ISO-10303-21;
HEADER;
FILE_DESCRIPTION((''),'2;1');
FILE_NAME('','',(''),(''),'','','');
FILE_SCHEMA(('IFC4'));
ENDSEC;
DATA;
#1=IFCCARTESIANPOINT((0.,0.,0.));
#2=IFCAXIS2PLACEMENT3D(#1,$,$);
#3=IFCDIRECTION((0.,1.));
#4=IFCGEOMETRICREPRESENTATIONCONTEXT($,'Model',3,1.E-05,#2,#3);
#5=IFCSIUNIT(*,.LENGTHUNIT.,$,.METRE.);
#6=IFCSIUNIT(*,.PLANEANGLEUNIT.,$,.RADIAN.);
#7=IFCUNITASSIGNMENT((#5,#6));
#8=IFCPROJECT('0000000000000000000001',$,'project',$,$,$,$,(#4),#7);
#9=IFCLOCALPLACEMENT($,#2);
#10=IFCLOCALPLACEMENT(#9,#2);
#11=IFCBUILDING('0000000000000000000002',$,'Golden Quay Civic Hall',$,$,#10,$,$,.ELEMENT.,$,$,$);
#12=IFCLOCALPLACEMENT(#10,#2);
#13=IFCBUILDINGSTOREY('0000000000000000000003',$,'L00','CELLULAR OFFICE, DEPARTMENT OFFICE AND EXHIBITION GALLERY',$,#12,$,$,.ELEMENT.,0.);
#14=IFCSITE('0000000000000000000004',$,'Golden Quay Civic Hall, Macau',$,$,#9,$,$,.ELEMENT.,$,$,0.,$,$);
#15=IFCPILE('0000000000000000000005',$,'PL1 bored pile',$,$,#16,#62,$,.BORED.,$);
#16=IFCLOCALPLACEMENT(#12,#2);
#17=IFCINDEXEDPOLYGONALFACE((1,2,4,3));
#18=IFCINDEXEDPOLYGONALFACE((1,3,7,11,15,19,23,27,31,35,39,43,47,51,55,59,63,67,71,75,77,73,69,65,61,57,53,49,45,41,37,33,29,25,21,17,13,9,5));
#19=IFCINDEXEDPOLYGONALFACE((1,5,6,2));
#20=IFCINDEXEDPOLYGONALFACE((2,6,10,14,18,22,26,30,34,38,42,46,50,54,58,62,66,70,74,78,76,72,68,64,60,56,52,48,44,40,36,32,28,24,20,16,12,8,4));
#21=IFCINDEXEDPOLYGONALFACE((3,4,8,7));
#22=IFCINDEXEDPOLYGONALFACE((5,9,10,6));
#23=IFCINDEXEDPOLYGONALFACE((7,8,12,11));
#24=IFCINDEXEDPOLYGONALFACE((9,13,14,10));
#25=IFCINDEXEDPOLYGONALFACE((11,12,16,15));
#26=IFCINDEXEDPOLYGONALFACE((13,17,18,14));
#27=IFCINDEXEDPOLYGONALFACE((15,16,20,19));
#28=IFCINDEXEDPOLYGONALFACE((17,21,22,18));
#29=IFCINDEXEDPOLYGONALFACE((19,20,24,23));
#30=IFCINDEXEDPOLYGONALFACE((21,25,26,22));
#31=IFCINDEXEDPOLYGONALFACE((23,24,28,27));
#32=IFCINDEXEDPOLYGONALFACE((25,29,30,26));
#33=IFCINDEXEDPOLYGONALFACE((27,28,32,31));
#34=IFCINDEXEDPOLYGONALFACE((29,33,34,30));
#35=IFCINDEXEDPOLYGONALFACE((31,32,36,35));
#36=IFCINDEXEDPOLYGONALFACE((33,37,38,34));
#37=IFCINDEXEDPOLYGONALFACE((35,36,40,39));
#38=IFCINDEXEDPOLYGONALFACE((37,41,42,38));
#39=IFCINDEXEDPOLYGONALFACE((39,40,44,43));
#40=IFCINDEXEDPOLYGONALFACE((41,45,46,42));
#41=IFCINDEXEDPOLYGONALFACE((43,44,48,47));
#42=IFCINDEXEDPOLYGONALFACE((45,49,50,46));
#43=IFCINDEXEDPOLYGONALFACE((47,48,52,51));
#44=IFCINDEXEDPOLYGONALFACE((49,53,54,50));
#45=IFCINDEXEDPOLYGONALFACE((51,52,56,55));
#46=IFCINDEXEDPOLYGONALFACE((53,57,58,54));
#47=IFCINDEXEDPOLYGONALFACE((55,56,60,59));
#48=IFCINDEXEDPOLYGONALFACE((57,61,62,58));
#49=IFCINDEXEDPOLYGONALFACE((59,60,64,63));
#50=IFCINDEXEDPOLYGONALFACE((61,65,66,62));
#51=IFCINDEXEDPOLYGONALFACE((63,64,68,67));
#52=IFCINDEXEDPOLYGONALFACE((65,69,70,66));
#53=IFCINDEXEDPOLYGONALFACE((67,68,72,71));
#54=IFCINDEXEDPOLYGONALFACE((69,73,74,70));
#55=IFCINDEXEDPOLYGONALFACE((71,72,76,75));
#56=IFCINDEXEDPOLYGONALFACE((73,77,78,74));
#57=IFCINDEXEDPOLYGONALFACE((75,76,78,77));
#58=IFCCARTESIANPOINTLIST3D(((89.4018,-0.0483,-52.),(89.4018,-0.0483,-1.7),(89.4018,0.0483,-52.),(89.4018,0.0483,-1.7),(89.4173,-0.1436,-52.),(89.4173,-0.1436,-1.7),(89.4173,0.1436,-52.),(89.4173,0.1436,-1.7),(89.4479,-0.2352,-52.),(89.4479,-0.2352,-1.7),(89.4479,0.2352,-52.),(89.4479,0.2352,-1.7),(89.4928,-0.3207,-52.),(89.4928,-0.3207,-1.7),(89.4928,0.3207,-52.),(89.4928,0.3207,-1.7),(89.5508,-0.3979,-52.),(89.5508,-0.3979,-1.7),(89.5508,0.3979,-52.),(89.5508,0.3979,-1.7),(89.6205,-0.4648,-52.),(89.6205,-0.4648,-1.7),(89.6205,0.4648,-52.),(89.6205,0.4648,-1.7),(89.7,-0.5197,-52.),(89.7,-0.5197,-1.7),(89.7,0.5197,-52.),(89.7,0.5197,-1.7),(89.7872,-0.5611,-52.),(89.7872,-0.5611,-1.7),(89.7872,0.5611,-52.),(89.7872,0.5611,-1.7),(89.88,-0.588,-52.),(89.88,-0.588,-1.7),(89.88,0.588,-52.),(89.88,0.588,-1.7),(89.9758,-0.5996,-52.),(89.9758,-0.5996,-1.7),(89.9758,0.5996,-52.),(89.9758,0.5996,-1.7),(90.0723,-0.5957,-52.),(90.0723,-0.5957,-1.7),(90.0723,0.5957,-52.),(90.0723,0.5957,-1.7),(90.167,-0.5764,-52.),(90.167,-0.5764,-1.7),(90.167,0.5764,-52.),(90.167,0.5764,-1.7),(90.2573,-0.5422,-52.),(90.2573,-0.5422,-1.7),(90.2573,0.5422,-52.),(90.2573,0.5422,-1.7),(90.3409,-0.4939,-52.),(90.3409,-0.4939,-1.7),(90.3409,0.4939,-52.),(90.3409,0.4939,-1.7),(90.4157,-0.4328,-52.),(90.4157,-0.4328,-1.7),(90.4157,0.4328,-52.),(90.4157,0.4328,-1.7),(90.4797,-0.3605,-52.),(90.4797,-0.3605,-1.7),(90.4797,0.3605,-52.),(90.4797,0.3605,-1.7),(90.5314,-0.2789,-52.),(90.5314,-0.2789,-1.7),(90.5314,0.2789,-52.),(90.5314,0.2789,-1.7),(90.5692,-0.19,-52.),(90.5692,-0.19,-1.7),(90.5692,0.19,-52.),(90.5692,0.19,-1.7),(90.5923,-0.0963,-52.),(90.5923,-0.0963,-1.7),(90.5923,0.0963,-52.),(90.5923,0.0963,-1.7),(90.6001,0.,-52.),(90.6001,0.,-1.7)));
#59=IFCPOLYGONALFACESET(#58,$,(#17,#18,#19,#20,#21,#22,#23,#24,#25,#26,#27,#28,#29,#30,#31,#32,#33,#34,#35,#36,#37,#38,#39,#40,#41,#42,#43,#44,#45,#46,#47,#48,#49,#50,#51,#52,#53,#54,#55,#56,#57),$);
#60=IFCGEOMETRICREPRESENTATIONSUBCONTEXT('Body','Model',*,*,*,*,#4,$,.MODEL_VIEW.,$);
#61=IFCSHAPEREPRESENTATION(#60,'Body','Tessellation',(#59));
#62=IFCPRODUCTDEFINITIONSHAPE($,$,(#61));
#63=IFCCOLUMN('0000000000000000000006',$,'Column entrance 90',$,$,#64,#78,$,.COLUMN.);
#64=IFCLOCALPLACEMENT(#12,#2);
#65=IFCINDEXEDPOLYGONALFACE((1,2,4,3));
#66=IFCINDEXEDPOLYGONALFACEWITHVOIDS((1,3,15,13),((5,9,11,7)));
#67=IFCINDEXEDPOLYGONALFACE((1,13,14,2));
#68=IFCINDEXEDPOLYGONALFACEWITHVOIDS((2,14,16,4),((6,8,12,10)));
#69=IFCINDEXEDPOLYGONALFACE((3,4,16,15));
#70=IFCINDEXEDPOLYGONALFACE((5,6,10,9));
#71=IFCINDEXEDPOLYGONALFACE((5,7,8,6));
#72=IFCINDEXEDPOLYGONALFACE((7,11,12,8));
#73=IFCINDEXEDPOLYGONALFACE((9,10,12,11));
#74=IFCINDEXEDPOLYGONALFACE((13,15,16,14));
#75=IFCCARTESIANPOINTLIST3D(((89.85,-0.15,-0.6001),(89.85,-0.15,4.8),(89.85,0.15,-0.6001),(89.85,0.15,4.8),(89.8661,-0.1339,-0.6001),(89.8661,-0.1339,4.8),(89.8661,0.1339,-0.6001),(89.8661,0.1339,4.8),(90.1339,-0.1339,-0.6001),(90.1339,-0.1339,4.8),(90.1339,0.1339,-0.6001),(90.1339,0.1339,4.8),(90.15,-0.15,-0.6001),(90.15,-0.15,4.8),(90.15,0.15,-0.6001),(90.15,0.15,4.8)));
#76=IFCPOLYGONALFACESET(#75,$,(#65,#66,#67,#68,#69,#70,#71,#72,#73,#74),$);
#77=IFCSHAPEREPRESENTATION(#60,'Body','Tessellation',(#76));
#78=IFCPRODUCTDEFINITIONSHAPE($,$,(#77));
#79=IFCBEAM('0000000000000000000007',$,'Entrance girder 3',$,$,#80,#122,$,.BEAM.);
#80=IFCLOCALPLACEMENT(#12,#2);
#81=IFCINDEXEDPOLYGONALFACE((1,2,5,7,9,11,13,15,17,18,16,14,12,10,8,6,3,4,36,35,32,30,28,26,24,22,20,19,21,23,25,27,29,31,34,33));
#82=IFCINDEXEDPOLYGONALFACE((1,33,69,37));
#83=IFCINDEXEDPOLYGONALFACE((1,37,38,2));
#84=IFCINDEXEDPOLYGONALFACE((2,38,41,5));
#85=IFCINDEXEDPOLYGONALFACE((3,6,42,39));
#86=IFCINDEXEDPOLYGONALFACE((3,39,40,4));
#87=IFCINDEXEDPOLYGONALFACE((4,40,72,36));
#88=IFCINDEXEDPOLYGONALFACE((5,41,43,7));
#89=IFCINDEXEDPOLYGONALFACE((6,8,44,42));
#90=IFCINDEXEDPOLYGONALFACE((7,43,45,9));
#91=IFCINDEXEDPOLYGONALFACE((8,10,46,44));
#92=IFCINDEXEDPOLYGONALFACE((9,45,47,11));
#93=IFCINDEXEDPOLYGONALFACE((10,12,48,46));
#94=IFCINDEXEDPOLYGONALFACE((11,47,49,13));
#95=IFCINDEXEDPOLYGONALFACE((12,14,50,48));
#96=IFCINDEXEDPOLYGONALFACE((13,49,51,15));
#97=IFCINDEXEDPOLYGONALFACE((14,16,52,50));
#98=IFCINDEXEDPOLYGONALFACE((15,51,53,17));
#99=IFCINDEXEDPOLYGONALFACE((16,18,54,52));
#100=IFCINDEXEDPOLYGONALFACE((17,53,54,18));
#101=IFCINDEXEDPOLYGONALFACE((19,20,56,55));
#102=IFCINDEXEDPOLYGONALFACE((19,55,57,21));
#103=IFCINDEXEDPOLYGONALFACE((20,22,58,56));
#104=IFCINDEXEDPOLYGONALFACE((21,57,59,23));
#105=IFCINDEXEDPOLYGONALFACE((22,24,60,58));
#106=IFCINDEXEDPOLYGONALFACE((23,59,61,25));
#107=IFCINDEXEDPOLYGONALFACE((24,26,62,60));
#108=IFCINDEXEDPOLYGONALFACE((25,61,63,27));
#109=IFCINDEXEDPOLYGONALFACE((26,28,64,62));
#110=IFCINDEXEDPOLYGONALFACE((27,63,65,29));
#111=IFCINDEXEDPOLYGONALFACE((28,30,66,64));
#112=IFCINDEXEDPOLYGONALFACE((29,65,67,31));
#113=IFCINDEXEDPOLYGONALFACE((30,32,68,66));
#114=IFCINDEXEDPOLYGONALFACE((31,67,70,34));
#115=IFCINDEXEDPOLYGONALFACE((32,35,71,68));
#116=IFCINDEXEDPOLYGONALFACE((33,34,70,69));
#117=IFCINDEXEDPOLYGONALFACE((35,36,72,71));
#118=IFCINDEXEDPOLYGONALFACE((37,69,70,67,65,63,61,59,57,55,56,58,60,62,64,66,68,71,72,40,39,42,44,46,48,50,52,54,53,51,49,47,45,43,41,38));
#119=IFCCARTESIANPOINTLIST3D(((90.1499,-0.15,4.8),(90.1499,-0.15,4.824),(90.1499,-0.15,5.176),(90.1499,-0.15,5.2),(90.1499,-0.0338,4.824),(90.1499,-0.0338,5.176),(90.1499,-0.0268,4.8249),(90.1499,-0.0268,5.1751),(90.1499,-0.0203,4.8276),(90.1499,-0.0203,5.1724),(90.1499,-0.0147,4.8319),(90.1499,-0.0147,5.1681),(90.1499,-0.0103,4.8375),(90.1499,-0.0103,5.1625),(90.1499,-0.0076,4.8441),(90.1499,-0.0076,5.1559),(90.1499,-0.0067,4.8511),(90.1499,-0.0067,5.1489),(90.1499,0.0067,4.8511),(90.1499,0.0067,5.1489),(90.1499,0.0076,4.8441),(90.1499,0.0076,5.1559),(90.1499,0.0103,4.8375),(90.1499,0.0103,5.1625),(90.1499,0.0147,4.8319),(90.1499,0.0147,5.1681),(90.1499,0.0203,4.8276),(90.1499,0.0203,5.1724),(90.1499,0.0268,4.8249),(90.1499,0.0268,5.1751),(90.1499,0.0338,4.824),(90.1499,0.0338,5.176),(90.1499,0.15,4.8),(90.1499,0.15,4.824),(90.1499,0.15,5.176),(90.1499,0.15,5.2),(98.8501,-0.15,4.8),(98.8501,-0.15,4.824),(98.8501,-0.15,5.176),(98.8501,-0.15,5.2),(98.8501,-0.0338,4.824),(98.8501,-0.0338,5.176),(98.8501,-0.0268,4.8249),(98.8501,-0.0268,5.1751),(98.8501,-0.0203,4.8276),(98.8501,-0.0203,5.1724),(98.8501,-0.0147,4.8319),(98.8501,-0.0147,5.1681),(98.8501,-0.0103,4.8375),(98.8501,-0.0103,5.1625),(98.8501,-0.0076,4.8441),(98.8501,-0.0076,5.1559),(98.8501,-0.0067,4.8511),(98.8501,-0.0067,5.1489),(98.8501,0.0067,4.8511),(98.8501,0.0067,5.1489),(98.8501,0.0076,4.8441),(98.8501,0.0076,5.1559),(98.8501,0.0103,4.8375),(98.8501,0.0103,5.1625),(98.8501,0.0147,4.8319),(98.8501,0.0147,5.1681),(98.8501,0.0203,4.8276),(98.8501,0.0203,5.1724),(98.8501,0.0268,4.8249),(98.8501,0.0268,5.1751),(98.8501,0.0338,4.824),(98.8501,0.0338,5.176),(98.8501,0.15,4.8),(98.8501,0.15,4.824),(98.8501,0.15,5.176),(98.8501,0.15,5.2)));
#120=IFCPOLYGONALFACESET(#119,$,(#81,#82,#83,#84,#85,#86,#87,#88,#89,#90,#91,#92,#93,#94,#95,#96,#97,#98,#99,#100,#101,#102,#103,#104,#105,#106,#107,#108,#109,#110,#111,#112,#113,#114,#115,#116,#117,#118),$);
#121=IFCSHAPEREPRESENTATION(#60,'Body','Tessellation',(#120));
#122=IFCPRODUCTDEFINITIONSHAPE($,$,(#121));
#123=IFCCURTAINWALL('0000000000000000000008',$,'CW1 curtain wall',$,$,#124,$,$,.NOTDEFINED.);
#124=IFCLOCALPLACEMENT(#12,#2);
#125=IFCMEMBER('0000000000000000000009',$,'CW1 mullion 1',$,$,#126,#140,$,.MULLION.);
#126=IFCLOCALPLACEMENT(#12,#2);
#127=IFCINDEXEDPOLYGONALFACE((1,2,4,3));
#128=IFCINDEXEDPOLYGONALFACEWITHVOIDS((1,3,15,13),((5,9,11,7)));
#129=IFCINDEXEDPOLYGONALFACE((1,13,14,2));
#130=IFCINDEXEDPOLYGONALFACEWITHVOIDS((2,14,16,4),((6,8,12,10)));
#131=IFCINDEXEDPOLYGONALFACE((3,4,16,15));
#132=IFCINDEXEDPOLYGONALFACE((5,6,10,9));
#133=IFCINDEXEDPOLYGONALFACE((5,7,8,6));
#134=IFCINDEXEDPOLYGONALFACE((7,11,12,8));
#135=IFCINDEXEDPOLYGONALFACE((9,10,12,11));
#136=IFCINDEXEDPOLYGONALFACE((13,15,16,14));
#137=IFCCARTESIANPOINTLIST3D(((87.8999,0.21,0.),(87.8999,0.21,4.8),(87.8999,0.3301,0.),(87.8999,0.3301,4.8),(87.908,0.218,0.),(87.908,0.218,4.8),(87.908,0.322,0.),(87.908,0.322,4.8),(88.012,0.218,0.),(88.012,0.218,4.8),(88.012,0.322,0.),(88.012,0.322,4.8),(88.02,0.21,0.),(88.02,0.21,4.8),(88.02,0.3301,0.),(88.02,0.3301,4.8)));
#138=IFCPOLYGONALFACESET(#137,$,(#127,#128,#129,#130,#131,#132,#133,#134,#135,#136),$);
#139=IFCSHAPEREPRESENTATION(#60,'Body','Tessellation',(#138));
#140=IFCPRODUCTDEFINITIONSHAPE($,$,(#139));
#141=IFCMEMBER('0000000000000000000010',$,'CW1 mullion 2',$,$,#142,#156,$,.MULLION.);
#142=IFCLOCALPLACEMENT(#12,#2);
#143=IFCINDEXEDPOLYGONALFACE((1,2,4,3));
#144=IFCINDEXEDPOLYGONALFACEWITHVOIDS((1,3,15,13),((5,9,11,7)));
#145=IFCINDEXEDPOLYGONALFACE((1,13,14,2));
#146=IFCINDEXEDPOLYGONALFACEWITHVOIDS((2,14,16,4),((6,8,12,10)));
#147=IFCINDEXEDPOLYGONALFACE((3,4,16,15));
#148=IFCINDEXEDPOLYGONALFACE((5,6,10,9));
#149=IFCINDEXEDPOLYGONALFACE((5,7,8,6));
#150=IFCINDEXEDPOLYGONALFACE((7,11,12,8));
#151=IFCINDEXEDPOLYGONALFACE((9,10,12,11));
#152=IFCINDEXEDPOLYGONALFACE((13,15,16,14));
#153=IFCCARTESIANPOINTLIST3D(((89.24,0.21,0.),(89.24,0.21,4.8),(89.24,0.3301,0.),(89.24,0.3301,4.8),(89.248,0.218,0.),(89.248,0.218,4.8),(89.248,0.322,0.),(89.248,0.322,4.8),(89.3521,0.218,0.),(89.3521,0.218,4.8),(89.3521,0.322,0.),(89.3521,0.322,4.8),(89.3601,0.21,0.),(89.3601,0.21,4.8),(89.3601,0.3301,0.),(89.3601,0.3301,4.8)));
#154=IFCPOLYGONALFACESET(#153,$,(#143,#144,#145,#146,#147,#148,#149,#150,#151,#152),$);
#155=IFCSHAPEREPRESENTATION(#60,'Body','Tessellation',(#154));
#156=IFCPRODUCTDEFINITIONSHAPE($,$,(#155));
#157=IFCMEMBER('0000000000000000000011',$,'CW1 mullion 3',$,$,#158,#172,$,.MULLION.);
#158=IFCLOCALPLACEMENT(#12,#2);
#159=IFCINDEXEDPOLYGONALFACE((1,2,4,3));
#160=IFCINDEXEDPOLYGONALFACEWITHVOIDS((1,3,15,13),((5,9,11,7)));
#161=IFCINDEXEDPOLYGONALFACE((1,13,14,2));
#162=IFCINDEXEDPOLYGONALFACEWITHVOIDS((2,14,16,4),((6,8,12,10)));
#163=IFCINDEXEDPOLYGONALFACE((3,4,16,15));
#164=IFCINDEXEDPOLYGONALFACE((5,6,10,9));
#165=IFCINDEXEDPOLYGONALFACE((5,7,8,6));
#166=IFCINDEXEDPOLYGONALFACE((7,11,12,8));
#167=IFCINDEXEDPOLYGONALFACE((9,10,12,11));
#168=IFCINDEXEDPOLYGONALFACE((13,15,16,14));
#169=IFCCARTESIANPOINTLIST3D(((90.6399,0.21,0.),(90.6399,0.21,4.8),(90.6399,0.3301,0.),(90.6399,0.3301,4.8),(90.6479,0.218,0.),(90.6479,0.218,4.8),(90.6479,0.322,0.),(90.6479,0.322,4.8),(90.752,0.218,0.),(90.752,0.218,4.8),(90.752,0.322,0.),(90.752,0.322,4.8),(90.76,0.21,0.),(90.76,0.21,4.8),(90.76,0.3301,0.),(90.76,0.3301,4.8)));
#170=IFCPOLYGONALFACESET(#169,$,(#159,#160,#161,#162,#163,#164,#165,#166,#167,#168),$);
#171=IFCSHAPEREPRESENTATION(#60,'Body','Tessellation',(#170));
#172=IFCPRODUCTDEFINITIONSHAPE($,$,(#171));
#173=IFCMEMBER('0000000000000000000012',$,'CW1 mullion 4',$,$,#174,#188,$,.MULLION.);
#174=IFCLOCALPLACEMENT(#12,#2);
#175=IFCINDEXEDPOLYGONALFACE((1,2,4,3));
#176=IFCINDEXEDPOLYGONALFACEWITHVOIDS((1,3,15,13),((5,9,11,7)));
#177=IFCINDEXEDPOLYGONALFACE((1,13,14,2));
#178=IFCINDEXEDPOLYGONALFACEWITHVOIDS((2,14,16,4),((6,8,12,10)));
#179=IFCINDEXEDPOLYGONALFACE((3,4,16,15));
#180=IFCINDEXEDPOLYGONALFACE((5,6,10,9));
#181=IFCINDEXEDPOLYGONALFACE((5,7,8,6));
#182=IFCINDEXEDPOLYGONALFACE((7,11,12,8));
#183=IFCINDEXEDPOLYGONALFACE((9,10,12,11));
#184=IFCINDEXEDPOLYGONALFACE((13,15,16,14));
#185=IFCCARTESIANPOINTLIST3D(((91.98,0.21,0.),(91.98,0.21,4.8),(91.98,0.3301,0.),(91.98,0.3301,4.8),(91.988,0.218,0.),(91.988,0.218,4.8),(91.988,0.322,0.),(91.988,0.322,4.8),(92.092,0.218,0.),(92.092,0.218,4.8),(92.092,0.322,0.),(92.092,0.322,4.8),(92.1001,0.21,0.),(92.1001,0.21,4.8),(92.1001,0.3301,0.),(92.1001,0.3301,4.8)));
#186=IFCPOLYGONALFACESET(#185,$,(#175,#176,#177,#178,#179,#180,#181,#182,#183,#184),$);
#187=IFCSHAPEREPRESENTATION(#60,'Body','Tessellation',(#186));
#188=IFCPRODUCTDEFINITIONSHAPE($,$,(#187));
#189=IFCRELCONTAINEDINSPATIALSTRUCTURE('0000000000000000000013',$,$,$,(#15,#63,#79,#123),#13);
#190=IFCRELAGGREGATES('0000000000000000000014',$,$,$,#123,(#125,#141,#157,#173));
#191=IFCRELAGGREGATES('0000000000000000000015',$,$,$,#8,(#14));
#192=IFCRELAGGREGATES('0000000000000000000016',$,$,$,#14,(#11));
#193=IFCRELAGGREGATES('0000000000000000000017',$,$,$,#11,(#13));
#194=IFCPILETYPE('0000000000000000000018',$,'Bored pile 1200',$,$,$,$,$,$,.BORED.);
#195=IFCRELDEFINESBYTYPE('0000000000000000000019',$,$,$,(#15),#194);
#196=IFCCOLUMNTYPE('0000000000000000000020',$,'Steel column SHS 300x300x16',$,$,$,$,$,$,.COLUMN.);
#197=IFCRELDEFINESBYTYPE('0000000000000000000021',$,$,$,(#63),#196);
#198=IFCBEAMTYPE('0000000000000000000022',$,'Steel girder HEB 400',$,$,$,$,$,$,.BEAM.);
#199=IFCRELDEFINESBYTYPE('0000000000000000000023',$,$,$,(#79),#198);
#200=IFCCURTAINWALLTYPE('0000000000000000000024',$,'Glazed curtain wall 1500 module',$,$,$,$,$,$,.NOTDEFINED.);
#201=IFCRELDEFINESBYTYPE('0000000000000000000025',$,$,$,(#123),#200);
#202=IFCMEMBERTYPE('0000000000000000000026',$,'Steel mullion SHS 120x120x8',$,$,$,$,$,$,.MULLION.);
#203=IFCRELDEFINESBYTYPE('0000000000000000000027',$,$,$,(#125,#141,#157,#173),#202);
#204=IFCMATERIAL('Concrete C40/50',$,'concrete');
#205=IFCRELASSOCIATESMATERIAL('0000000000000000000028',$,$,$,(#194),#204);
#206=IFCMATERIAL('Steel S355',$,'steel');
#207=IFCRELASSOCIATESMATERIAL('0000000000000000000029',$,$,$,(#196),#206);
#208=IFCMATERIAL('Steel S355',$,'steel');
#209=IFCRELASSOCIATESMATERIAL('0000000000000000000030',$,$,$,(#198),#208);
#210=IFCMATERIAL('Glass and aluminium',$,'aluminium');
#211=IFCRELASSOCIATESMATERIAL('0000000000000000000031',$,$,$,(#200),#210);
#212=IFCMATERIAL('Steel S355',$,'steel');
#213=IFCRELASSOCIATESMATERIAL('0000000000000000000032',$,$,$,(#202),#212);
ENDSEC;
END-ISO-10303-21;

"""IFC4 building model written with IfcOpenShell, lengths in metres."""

from ifc_helpers import new_model, si_unit, direction, frame, origin, origin_2d, place, context, subcontext, project, spatial, hollow_rectangle, circle, i_section, extrude, material, material_profile, profile_set, type_object, element, aggregate, save


model = new_model("IFC4")

# Units and contexts
model_context = context("Model", 3, precision=1e-05, world=origin(), true_north=direction((0.0, 1.0)))
body_context = subcontext(model_context, "Body", "Model", "MODEL_VIEW")
ifc_project = project(units=[si_unit("LENGTHUNIT", "METRE"), si_unit("PLANEANGLEUNIT", "RADIAN")], contexts=[model_context])

# Site, building, storey
site_placement = place(None, origin())
site = spatial("IfcSite", under=ifc_project, at=site_placement, Name="Golden Quay Civic Hall, Macau", CompositionType="ELEMENT", RefElevation=0.0)
building_placement = place(site_placement, origin())
building = spatial("IfcBuilding", under=site, at=building_placement, Name="Golden Quay Civic Hall", CompositionType="ELEMENT")
storey_placement = place(building_placement, origin())
storey = spatial("IfcBuildingStorey", under=building, at=storey_placement, Name="L00", Description="CELLULAR OFFICE, DEPARTMENT OFFICE AND EXHIBITION GALLERY", CompositionType="ELEMENT", Elevation=0.0)

# Pile
ifc_material_1 = material(Name="Concrete C40/50", Category="concrete")
ifc_material_profile_1 = material_profile(ifc_material_1, circle(Radius=0.6001, at=origin_2d()), Name="RC D1200")
ifc_profile_set_1 = profile_set([ifc_material_profile_1], Name="Concrete C40/50")
pile_type = type_object("IfcPileType", Name="Bored pile 1200", PredefinedType="BORED", material=ifc_profile_set_1)
pile_placement = place(storey_placement, frame((90.0, 0.0, -1.7), z_axis=(0.0, 0.0, -1.0), x_axis=(1.0, 0.0, 0.0)))
element("IfcPile", 1, at=pile_placement, inside=storey, type_object=pile_type, Name="PL1 bored pile", PredefinedType="BORED", context=body_context, shape_type="SweptSolid", body=[
    extrude(circle(Radius=0.6001, at=origin_2d()), origin(), (0.0, 0.0, 1.0), 50.3),
])

# Column
ifc_material_2 = material(Name="Steel S355", Category="steel")
ifc_material_profile_2 = material_profile(ifc_material_2, hollow_rectangle(XDim=0.3, YDim=0.3, WallThickness=0.0161, at=origin_2d()), Name="SHS 300x300x16")
ifc_profile_set_2 = profile_set([ifc_material_profile_2], Name="Steel S355")
column_type = type_object("IfcColumnType", Name="Steel column SHS 300x300x16", PredefinedType="COLUMN", material=ifc_profile_set_2)
column_placement = place(storey_placement, frame((90.0, 0.0, -0.6001), z_axis=(0.0, 0.0, 1.0), x_axis=(1.0, 0.0, 0.0)))
element("IfcColumn", 2, at=column_placement, inside=storey, type_object=column_type, Name="Column entrance 90", PredefinedType="COLUMN", context=body_context, shape_type="SweptSolid", body=[
    extrude(hollow_rectangle(XDim=0.3, YDim=0.3, WallThickness=0.0161, at=origin_2d()), origin(), (0.0, 0.0, 1.0), 5.4001),
])

# Beam
ifc_material_3 = material(Name="Steel S355", Category="steel")
ifc_material_profile_3 = material_profile(ifc_material_3, i_section(OverallWidth=0.3, OverallDepth=0.3999, WebThickness=0.0134, FlangeThickness=0.0239, FilletRadius=0.0271, at=origin_2d()), Name="HEB 400")
ifc_profile_set_3 = profile_set([ifc_material_profile_3], Name="Steel S355")
beam_type_1 = type_object("IfcBeamType", Name="Steel girder HEB 400", PredefinedType="BEAM", material=ifc_profile_set_3)
beam_1_placement = place(storey_placement, frame((90.1499, 0.0, 5.0), z_axis=(1.0, 0.0, 0.0), x_axis=(0.0, 1.0, 0.0)))
element("IfcBeam", 3, at=beam_1_placement, inside=storey, type_object=beam_type_1, Name="Entrance girder 3", PredefinedType="BEAM", context=body_context, shape_type="SweptSolid", body=[
    extrude(i_section(OverallWidth=0.3, OverallDepth=0.3999, WebThickness=0.0134, FlangeThickness=0.0239, FilletRadius=0.0271, at=origin_2d()), origin(), (0.0, 0.0, 1.0), 8.7002),
])

# Curtain wall, members
ifc_material_4 = material(Name="Glass and aluminium", Category="aluminium")
curtain_wall_type = type_object("IfcCurtainWallType", Name="Glazed curtain wall 1500 module", PredefinedType="NOTDEFINED", material=ifc_material_4)
curtain_wall_placement = place(storey_placement, origin())
curtain_wall = element("IfcCurtainWall", 4, at=curtain_wall_placement, inside=storey, type_object=curtain_wall_type, Name="CW1 curtain wall", PredefinedType="NOTDEFINED")
ifc_material_5 = material(Name="Steel S355", Category="steel")
ifc_material_profile_4 = material_profile(ifc_material_5, hollow_rectangle(XDim=0.1201, YDim=0.1201, WallThickness=0.0081, at=origin_2d()), Name="SHS 120x120x8")
ifc_profile_set_4 = profile_set([ifc_material_profile_4], Name="Steel S355")
member_type_1 = type_object("IfcMemberType", Name="Steel mullion SHS 120x120x8", PredefinedType="MULLION", material=ifc_profile_set_4)
member_1_placement = place(storey_placement, frame((87.96, 0.27, 0.0), z_axis=(0.0, 0.0, 1.0), x_axis=(0.0, 1.0, 0.0)))
member_1 = element("IfcMember", 5, at=member_1_placement, type_object=member_type_1, Name="CW1 mullion 1", PredefinedType="MULLION", context=body_context, shape_type="SweptSolid", body=[
    extrude(hollow_rectangle(XDim=0.1201, YDim=0.1201, WallThickness=0.0081, at=origin_2d()), origin(), (0.0, 0.0, 1.0), 4.8),
])
member_2_placement = place(storey_placement, frame((89.3, 0.27, 0.0), z_axis=(0.0, 0.0, 1.0), x_axis=(0.0, 1.0, 0.0)))
member_2 = element("IfcMember", 6, at=member_2_placement, type_object=member_type_1, Name="CW1 mullion 2", PredefinedType="MULLION", context=body_context, shape_type="SweptSolid", body=[
    extrude(hollow_rectangle(XDim=0.1201, YDim=0.1201, WallThickness=0.0081, at=origin_2d()), origin(), (0.0, 0.0, 1.0), 4.8),
])
member_3_placement = place(storey_placement, frame((90.7, 0.27, 0.0), z_axis=(0.0, 0.0, 1.0), x_axis=(0.0, 1.0, 0.0)))
member_3 = element("IfcMember", 7, at=member_3_placement, type_object=member_type_1, Name="CW1 mullion 3", PredefinedType="MULLION", context=body_context, shape_type="SweptSolid", body=[
    extrude(hollow_rectangle(XDim=0.1201, YDim=0.1201, WallThickness=0.0081, at=origin_2d()), origin(), (0.0, 0.0, 1.0), 4.8),
])
member_4_placement = place(storey_placement, frame((92.04, 0.27, 0.0), z_axis=(0.0, 0.0, 1.0), x_axis=(0.0, 1.0, 0.0)))
member_4 = element("IfcMember", 8, at=member_4_placement, type_object=member_type_1, Name="CW1 mullion 4", PredefinedType="MULLION", context=body_context, shape_type="SweptSolid", body=[
    extrude(hollow_rectangle(XDim=0.1201, YDim=0.1201, WallThickness=0.0081, at=origin_2d()), origin(), (0.0, 0.0, 1.0), 4.8),
])

aggregate(curtain_wall, [member_1, member_2, member_3, member_4])

save(model, "model.ifc")
